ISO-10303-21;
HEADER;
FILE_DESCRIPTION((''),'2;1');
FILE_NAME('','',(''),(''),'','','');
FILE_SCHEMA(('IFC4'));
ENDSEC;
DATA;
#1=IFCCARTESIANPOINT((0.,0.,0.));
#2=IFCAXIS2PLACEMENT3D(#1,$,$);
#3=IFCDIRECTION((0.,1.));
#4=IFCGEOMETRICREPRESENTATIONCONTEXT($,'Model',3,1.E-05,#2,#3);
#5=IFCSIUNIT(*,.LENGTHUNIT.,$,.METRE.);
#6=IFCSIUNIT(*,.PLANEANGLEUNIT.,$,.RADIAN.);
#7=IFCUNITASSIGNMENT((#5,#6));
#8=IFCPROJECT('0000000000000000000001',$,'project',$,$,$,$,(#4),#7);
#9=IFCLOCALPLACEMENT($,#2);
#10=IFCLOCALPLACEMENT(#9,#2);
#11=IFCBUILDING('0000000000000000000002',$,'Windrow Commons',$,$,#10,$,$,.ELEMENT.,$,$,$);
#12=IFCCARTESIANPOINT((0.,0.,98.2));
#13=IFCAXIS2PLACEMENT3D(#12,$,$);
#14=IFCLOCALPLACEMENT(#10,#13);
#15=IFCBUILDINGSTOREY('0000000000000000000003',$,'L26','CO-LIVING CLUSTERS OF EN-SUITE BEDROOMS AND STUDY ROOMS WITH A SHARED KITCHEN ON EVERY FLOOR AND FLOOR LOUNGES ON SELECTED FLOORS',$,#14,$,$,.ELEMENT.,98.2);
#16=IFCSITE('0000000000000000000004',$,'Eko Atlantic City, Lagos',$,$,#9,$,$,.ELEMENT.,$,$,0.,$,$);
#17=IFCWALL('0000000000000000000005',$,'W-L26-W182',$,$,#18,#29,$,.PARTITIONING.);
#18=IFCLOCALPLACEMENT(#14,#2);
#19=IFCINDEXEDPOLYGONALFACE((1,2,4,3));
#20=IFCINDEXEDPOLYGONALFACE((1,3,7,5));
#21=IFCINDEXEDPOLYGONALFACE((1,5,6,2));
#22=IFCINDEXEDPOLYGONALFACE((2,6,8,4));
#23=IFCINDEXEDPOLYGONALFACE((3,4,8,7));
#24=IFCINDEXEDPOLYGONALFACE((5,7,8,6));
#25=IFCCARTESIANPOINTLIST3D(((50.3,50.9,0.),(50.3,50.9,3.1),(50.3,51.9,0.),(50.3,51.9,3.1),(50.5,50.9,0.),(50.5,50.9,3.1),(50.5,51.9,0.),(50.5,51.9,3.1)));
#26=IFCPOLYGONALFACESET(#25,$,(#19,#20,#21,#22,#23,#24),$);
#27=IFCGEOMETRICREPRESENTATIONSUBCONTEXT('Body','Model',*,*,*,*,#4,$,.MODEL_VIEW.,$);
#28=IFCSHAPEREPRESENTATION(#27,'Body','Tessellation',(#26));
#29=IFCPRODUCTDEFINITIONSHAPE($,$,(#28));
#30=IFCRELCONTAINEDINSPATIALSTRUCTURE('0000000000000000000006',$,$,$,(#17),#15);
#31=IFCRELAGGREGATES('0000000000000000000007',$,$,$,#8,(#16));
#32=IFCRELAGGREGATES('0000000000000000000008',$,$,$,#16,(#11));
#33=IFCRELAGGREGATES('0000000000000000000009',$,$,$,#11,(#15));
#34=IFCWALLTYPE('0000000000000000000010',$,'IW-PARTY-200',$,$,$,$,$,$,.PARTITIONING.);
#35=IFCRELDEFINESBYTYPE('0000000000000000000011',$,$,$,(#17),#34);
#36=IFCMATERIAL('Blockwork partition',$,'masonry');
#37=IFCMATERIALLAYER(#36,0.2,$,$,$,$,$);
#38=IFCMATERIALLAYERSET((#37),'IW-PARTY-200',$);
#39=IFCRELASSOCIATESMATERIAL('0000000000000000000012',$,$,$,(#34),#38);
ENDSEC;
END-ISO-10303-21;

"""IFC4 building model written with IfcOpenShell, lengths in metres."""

from ifc_helpers import new_model, si_unit, direction, frame, frame_2d, origin, place, context, subcontext, project, spatial, rectangle, extrude, material, layer, layer_set, type_object, element, save


model = new_model("IFC4")

# Units and contexts
model_context = context("Model", 3, precision=1e-05, world=origin(), true_north=direction((0.0, 1.0)))
body_context = subcontext(model_context, "Body", "Model", "MODEL_VIEW")
ifc_project = project(units=[si_unit("LENGTHUNIT", "METRE"), si_unit("PLANEANGLEUNIT", "RADIAN")], contexts=[model_context])

# Site, building, storey
site_placement = place(None, origin())
site = spatial("IfcSite", under=ifc_project, at=site_placement, Name="Eko Atlantic City, Lagos", CompositionType="ELEMENT", RefElevation=0.0)
building_placement = place(site_placement, origin())
building = spatial("IfcBuilding", under=site, at=building_placement, Name="Windrow Commons", CompositionType="ELEMENT")
storey_placement = place(building_placement, frame((0.0, 0.0, 98.2)))
storey = spatial("IfcBuildingStorey", under=building, at=storey_placement, Name="L26", Description="CO-LIVING CLUSTERS OF EN-SUITE BEDROOMS AND STUDY ROOMS WITH A SHARED KITCHEN ON EVERY FLOOR AND FLOOR LOUNGES ON SELECTED FLOORS", CompositionType="ELEMENT", Elevation=98.2)

# Wall
ifc_material_1 = material(Name="Blockwork partition", Category="masonry")
ifc_layer_1 = layer(ifc_material_1, 0.2)
ifc_layer_set_1 = layer_set([ifc_layer_1], Name="IW-PARTY-200")
wall_type_1 = type_object("IfcWallType", Name="IW-PARTY-200", PredefinedType="PARTITIONING", material=ifc_layer_set_1)
wall_1_placement = place(storey_placement, frame((50.4, 50.9, 0.0), z_axis=(0.0, 0.0, 1.0), x_axis=(0.0, 1.0, 0.0)))
element("IfcWall", 1, at=wall_1_placement, inside=storey, type_object=wall_type_1, Name="W-L26-W182", PredefinedType="PARTITIONING", context=body_context, shape_type="SweptSolid", body=[
    extrude(rectangle(XDim=1.0, YDim=0.2, at=frame_2d((0.5, 0.0))), origin(), (0.0, 0.0, 1.0), 3.1),
])

save(model, "model.ifc")
